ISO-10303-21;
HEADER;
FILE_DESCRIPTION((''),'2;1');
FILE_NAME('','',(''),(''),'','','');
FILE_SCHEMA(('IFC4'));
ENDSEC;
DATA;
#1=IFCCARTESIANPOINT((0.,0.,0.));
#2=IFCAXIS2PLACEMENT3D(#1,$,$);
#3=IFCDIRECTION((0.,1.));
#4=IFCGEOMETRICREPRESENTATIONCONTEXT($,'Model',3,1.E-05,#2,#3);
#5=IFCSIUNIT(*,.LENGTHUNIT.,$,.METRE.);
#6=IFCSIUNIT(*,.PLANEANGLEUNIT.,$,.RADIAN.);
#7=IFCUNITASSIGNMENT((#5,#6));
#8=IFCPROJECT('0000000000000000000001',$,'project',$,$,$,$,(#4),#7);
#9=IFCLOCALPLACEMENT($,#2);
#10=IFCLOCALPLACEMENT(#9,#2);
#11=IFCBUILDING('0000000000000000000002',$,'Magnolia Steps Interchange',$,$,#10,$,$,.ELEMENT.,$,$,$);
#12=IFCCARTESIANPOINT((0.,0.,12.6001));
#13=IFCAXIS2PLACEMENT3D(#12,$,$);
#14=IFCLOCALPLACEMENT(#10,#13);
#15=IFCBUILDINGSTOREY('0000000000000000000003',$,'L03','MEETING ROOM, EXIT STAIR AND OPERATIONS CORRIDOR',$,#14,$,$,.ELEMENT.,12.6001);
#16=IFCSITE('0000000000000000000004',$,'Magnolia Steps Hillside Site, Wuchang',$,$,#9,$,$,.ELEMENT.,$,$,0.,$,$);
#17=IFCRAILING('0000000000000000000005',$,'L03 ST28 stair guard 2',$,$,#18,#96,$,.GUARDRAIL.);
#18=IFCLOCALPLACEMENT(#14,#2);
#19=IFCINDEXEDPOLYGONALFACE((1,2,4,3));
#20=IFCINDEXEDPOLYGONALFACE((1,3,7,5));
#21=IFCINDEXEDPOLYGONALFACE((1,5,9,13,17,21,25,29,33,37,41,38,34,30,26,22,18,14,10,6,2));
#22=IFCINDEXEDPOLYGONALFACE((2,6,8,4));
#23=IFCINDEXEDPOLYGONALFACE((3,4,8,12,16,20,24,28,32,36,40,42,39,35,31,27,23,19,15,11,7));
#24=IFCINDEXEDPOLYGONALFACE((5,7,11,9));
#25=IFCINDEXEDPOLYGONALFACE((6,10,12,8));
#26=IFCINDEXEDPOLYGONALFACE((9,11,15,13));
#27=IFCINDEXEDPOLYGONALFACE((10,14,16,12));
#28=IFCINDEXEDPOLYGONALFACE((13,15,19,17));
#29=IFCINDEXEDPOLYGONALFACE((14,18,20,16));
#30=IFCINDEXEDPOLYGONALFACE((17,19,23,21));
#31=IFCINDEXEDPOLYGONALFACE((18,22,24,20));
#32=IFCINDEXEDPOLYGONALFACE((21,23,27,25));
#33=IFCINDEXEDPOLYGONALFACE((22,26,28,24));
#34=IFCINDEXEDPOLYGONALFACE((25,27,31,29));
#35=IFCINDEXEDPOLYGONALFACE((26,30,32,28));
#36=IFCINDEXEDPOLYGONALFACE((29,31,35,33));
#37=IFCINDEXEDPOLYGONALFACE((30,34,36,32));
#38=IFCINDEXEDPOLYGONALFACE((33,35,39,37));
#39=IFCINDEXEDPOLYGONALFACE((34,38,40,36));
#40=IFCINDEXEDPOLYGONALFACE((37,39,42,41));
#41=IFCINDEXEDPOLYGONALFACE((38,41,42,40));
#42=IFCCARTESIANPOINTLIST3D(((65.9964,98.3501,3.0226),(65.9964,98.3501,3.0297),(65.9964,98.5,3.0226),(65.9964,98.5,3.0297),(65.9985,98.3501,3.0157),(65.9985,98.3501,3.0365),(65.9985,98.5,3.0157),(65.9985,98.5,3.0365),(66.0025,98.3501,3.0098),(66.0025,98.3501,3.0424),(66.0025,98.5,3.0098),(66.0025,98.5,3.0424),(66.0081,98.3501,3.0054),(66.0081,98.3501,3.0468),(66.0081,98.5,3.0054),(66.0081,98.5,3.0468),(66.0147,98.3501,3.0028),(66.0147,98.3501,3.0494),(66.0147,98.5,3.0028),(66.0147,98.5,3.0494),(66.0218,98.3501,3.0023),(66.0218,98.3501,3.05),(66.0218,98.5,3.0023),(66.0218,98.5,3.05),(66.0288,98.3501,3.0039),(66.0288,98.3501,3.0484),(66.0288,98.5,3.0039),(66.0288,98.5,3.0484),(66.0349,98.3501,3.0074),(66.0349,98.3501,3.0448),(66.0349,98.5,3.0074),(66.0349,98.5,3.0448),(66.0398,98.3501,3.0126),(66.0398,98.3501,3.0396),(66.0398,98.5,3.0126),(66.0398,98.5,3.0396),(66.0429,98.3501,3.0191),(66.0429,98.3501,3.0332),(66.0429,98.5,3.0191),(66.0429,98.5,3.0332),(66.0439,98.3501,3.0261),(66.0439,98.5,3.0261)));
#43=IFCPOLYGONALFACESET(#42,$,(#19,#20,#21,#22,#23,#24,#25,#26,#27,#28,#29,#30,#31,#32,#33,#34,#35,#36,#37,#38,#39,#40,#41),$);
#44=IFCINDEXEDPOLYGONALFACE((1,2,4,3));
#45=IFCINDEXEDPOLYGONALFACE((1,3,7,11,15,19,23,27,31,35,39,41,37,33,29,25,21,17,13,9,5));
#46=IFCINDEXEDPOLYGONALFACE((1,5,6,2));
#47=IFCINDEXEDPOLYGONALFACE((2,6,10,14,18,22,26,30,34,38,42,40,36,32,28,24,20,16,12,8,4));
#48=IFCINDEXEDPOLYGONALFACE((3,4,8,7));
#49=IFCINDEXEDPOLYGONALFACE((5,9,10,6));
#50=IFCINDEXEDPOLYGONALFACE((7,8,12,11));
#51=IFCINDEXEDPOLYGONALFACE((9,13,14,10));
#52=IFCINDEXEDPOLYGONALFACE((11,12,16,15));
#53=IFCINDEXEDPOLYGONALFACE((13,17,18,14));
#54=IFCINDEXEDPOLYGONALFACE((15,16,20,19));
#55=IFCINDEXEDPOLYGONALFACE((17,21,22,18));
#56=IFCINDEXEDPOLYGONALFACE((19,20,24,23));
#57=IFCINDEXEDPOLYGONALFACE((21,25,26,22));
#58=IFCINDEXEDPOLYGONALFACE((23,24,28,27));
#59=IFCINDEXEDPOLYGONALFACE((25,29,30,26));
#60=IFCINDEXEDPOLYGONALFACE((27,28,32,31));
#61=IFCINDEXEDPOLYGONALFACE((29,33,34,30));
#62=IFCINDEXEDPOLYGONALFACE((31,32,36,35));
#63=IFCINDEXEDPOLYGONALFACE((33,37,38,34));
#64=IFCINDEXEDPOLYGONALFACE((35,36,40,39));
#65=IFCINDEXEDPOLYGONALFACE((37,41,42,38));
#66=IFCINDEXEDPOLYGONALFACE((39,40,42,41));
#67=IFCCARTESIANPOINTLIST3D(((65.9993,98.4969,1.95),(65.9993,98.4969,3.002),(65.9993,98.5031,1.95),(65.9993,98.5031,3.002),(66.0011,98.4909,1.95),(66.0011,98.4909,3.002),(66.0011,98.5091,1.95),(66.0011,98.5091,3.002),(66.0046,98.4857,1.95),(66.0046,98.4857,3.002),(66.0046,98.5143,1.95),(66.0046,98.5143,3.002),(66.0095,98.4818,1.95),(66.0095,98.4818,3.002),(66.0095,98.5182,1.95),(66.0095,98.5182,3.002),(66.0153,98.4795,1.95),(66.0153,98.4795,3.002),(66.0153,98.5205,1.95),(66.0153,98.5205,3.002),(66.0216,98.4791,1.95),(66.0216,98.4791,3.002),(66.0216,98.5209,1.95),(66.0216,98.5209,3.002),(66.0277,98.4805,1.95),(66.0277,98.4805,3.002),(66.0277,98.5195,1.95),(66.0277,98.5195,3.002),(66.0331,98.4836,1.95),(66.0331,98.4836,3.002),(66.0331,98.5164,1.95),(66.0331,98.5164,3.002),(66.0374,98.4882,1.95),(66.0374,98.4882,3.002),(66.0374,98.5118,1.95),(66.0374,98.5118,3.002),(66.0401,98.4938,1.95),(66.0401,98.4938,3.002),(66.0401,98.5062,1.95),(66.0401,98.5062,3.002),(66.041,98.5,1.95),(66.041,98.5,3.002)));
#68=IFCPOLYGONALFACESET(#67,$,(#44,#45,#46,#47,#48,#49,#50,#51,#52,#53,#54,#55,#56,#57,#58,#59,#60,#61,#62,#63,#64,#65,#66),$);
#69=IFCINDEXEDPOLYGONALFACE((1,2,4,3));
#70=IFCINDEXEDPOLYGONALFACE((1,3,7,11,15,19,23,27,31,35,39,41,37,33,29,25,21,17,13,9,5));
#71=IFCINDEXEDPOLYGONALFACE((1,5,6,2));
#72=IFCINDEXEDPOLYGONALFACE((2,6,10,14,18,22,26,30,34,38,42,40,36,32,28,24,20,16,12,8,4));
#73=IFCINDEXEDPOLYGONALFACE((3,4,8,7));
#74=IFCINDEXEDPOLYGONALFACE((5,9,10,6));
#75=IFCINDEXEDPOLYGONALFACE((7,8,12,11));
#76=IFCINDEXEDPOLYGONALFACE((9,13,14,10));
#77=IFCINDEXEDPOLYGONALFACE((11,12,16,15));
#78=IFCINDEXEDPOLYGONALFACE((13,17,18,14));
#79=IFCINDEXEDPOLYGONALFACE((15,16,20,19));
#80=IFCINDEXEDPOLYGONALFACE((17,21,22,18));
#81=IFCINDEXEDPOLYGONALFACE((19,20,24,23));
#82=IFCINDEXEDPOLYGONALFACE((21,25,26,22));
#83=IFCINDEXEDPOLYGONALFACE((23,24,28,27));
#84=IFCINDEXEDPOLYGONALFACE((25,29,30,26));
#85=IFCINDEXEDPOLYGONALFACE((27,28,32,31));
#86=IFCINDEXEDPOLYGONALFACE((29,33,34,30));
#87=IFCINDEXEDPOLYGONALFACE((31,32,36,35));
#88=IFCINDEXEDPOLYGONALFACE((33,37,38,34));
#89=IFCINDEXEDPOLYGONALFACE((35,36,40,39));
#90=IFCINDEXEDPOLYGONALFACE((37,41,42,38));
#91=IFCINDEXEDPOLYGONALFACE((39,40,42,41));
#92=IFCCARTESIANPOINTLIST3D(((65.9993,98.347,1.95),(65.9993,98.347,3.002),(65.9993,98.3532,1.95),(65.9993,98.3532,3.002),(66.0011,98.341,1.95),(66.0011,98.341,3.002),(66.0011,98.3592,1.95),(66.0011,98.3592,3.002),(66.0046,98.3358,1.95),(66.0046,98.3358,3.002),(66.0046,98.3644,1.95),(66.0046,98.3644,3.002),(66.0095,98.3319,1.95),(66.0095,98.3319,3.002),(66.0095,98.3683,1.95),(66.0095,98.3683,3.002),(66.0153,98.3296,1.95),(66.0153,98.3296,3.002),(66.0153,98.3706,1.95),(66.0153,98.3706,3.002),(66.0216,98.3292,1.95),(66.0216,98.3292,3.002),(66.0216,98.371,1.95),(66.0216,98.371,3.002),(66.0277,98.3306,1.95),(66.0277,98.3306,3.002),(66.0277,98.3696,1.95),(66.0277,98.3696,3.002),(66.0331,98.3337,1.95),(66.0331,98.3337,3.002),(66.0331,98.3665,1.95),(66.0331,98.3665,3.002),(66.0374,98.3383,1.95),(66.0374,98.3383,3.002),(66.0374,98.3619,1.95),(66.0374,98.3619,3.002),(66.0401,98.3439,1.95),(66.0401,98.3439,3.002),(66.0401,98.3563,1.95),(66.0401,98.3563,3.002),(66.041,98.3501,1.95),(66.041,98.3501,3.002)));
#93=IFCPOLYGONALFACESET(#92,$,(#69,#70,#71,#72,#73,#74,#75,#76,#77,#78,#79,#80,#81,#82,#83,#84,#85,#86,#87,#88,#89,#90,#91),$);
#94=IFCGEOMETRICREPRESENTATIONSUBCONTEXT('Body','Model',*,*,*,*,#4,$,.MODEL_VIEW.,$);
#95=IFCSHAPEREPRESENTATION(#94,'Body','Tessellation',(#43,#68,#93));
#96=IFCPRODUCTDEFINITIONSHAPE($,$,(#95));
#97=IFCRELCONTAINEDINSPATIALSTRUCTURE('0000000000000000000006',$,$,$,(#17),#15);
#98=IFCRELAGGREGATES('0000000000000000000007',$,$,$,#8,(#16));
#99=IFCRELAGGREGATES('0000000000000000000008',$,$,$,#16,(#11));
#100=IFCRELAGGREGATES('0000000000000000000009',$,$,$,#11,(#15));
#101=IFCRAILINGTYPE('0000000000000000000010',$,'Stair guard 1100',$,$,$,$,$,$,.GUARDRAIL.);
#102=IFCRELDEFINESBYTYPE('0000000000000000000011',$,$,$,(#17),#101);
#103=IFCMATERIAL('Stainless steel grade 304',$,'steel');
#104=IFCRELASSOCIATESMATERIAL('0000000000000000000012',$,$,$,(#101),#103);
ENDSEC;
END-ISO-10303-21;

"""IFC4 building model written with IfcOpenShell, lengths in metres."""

from ifc_helpers import new_model, si_unit, direction, frame, origin, origin_2d, place, context, subcontext, project, spatial, circle, extrude, material, type_object, element, save


model = new_model("IFC4")

# Units and contexts
model_context = context("Model", 3, precision=1e-05, world=origin(), true_north=direction((0.0, 1.0)))
body_context = subcontext(model_context, "Body", "Model", "MODEL_VIEW")
ifc_project = project(units=[si_unit("LENGTHUNIT", "METRE"), si_unit("PLANEANGLEUNIT", "RADIAN")], contexts=[model_context])

# Site, building, storey
site_placement = place(None, origin())
site = spatial("IfcSite", under=ifc_project, at=site_placement, Name="Magnolia Steps Hillside Site, Wuchang", CompositionType="ELEMENT", RefElevation=0.0)
building_placement = place(site_placement, origin())
building = spatial("IfcBuilding", under=site, at=building_placement, Name="Magnolia Steps Interchange", CompositionType="ELEMENT")
storey_placement = place(building_placement, frame((0.0, 0.0, 12.6001)))
storey = spatial("IfcBuildingStorey", under=building, at=storey_placement, Name="L03", Description="MEETING ROOM, EXIT STAIR AND OPERATIONS CORRIDOR", CompositionType="ELEMENT", Elevation=12.6001)

# Railing
ifc_material_1 = material(Name="Stainless steel grade 304", Category="steel")
railing_type_1 = type_object("IfcRailingType", Name="Stair guard 1100", PredefinedType="GUARDRAIL", material=ifc_material_1)
railing_1_placement = place(storey_placement, frame((66.02, 98.5, 1.95)))
element("IfcRailing", 1, at=railing_1_placement, inside=storey, type_object=railing_type_1, Name="L03 ST28 stair guard 2", PredefinedType="GUARDRAIL", context=body_context, shape_type="SweptSolid", body=[
    extrude(circle(Radius=0.0239, at=origin_2d()), frame((0.0, 0.0, 1.0762), z_axis=(0.0, -1.0, 0.0), x_axis=(1.0, 0.0, 0.0)), (0.0, 0.0, 1.0), 0.1499),
    extrude(circle(Radius=0.021, at=origin_2d()), origin(), (0.0, 0.0, 1.0), 1.052),
    extrude(circle(Radius=0.021, at=origin_2d()), frame((0.0, -0.1499, 0.0)), (0.0, 0.0, 1.0), 1.052),
])

save(model, "model.ifc")
